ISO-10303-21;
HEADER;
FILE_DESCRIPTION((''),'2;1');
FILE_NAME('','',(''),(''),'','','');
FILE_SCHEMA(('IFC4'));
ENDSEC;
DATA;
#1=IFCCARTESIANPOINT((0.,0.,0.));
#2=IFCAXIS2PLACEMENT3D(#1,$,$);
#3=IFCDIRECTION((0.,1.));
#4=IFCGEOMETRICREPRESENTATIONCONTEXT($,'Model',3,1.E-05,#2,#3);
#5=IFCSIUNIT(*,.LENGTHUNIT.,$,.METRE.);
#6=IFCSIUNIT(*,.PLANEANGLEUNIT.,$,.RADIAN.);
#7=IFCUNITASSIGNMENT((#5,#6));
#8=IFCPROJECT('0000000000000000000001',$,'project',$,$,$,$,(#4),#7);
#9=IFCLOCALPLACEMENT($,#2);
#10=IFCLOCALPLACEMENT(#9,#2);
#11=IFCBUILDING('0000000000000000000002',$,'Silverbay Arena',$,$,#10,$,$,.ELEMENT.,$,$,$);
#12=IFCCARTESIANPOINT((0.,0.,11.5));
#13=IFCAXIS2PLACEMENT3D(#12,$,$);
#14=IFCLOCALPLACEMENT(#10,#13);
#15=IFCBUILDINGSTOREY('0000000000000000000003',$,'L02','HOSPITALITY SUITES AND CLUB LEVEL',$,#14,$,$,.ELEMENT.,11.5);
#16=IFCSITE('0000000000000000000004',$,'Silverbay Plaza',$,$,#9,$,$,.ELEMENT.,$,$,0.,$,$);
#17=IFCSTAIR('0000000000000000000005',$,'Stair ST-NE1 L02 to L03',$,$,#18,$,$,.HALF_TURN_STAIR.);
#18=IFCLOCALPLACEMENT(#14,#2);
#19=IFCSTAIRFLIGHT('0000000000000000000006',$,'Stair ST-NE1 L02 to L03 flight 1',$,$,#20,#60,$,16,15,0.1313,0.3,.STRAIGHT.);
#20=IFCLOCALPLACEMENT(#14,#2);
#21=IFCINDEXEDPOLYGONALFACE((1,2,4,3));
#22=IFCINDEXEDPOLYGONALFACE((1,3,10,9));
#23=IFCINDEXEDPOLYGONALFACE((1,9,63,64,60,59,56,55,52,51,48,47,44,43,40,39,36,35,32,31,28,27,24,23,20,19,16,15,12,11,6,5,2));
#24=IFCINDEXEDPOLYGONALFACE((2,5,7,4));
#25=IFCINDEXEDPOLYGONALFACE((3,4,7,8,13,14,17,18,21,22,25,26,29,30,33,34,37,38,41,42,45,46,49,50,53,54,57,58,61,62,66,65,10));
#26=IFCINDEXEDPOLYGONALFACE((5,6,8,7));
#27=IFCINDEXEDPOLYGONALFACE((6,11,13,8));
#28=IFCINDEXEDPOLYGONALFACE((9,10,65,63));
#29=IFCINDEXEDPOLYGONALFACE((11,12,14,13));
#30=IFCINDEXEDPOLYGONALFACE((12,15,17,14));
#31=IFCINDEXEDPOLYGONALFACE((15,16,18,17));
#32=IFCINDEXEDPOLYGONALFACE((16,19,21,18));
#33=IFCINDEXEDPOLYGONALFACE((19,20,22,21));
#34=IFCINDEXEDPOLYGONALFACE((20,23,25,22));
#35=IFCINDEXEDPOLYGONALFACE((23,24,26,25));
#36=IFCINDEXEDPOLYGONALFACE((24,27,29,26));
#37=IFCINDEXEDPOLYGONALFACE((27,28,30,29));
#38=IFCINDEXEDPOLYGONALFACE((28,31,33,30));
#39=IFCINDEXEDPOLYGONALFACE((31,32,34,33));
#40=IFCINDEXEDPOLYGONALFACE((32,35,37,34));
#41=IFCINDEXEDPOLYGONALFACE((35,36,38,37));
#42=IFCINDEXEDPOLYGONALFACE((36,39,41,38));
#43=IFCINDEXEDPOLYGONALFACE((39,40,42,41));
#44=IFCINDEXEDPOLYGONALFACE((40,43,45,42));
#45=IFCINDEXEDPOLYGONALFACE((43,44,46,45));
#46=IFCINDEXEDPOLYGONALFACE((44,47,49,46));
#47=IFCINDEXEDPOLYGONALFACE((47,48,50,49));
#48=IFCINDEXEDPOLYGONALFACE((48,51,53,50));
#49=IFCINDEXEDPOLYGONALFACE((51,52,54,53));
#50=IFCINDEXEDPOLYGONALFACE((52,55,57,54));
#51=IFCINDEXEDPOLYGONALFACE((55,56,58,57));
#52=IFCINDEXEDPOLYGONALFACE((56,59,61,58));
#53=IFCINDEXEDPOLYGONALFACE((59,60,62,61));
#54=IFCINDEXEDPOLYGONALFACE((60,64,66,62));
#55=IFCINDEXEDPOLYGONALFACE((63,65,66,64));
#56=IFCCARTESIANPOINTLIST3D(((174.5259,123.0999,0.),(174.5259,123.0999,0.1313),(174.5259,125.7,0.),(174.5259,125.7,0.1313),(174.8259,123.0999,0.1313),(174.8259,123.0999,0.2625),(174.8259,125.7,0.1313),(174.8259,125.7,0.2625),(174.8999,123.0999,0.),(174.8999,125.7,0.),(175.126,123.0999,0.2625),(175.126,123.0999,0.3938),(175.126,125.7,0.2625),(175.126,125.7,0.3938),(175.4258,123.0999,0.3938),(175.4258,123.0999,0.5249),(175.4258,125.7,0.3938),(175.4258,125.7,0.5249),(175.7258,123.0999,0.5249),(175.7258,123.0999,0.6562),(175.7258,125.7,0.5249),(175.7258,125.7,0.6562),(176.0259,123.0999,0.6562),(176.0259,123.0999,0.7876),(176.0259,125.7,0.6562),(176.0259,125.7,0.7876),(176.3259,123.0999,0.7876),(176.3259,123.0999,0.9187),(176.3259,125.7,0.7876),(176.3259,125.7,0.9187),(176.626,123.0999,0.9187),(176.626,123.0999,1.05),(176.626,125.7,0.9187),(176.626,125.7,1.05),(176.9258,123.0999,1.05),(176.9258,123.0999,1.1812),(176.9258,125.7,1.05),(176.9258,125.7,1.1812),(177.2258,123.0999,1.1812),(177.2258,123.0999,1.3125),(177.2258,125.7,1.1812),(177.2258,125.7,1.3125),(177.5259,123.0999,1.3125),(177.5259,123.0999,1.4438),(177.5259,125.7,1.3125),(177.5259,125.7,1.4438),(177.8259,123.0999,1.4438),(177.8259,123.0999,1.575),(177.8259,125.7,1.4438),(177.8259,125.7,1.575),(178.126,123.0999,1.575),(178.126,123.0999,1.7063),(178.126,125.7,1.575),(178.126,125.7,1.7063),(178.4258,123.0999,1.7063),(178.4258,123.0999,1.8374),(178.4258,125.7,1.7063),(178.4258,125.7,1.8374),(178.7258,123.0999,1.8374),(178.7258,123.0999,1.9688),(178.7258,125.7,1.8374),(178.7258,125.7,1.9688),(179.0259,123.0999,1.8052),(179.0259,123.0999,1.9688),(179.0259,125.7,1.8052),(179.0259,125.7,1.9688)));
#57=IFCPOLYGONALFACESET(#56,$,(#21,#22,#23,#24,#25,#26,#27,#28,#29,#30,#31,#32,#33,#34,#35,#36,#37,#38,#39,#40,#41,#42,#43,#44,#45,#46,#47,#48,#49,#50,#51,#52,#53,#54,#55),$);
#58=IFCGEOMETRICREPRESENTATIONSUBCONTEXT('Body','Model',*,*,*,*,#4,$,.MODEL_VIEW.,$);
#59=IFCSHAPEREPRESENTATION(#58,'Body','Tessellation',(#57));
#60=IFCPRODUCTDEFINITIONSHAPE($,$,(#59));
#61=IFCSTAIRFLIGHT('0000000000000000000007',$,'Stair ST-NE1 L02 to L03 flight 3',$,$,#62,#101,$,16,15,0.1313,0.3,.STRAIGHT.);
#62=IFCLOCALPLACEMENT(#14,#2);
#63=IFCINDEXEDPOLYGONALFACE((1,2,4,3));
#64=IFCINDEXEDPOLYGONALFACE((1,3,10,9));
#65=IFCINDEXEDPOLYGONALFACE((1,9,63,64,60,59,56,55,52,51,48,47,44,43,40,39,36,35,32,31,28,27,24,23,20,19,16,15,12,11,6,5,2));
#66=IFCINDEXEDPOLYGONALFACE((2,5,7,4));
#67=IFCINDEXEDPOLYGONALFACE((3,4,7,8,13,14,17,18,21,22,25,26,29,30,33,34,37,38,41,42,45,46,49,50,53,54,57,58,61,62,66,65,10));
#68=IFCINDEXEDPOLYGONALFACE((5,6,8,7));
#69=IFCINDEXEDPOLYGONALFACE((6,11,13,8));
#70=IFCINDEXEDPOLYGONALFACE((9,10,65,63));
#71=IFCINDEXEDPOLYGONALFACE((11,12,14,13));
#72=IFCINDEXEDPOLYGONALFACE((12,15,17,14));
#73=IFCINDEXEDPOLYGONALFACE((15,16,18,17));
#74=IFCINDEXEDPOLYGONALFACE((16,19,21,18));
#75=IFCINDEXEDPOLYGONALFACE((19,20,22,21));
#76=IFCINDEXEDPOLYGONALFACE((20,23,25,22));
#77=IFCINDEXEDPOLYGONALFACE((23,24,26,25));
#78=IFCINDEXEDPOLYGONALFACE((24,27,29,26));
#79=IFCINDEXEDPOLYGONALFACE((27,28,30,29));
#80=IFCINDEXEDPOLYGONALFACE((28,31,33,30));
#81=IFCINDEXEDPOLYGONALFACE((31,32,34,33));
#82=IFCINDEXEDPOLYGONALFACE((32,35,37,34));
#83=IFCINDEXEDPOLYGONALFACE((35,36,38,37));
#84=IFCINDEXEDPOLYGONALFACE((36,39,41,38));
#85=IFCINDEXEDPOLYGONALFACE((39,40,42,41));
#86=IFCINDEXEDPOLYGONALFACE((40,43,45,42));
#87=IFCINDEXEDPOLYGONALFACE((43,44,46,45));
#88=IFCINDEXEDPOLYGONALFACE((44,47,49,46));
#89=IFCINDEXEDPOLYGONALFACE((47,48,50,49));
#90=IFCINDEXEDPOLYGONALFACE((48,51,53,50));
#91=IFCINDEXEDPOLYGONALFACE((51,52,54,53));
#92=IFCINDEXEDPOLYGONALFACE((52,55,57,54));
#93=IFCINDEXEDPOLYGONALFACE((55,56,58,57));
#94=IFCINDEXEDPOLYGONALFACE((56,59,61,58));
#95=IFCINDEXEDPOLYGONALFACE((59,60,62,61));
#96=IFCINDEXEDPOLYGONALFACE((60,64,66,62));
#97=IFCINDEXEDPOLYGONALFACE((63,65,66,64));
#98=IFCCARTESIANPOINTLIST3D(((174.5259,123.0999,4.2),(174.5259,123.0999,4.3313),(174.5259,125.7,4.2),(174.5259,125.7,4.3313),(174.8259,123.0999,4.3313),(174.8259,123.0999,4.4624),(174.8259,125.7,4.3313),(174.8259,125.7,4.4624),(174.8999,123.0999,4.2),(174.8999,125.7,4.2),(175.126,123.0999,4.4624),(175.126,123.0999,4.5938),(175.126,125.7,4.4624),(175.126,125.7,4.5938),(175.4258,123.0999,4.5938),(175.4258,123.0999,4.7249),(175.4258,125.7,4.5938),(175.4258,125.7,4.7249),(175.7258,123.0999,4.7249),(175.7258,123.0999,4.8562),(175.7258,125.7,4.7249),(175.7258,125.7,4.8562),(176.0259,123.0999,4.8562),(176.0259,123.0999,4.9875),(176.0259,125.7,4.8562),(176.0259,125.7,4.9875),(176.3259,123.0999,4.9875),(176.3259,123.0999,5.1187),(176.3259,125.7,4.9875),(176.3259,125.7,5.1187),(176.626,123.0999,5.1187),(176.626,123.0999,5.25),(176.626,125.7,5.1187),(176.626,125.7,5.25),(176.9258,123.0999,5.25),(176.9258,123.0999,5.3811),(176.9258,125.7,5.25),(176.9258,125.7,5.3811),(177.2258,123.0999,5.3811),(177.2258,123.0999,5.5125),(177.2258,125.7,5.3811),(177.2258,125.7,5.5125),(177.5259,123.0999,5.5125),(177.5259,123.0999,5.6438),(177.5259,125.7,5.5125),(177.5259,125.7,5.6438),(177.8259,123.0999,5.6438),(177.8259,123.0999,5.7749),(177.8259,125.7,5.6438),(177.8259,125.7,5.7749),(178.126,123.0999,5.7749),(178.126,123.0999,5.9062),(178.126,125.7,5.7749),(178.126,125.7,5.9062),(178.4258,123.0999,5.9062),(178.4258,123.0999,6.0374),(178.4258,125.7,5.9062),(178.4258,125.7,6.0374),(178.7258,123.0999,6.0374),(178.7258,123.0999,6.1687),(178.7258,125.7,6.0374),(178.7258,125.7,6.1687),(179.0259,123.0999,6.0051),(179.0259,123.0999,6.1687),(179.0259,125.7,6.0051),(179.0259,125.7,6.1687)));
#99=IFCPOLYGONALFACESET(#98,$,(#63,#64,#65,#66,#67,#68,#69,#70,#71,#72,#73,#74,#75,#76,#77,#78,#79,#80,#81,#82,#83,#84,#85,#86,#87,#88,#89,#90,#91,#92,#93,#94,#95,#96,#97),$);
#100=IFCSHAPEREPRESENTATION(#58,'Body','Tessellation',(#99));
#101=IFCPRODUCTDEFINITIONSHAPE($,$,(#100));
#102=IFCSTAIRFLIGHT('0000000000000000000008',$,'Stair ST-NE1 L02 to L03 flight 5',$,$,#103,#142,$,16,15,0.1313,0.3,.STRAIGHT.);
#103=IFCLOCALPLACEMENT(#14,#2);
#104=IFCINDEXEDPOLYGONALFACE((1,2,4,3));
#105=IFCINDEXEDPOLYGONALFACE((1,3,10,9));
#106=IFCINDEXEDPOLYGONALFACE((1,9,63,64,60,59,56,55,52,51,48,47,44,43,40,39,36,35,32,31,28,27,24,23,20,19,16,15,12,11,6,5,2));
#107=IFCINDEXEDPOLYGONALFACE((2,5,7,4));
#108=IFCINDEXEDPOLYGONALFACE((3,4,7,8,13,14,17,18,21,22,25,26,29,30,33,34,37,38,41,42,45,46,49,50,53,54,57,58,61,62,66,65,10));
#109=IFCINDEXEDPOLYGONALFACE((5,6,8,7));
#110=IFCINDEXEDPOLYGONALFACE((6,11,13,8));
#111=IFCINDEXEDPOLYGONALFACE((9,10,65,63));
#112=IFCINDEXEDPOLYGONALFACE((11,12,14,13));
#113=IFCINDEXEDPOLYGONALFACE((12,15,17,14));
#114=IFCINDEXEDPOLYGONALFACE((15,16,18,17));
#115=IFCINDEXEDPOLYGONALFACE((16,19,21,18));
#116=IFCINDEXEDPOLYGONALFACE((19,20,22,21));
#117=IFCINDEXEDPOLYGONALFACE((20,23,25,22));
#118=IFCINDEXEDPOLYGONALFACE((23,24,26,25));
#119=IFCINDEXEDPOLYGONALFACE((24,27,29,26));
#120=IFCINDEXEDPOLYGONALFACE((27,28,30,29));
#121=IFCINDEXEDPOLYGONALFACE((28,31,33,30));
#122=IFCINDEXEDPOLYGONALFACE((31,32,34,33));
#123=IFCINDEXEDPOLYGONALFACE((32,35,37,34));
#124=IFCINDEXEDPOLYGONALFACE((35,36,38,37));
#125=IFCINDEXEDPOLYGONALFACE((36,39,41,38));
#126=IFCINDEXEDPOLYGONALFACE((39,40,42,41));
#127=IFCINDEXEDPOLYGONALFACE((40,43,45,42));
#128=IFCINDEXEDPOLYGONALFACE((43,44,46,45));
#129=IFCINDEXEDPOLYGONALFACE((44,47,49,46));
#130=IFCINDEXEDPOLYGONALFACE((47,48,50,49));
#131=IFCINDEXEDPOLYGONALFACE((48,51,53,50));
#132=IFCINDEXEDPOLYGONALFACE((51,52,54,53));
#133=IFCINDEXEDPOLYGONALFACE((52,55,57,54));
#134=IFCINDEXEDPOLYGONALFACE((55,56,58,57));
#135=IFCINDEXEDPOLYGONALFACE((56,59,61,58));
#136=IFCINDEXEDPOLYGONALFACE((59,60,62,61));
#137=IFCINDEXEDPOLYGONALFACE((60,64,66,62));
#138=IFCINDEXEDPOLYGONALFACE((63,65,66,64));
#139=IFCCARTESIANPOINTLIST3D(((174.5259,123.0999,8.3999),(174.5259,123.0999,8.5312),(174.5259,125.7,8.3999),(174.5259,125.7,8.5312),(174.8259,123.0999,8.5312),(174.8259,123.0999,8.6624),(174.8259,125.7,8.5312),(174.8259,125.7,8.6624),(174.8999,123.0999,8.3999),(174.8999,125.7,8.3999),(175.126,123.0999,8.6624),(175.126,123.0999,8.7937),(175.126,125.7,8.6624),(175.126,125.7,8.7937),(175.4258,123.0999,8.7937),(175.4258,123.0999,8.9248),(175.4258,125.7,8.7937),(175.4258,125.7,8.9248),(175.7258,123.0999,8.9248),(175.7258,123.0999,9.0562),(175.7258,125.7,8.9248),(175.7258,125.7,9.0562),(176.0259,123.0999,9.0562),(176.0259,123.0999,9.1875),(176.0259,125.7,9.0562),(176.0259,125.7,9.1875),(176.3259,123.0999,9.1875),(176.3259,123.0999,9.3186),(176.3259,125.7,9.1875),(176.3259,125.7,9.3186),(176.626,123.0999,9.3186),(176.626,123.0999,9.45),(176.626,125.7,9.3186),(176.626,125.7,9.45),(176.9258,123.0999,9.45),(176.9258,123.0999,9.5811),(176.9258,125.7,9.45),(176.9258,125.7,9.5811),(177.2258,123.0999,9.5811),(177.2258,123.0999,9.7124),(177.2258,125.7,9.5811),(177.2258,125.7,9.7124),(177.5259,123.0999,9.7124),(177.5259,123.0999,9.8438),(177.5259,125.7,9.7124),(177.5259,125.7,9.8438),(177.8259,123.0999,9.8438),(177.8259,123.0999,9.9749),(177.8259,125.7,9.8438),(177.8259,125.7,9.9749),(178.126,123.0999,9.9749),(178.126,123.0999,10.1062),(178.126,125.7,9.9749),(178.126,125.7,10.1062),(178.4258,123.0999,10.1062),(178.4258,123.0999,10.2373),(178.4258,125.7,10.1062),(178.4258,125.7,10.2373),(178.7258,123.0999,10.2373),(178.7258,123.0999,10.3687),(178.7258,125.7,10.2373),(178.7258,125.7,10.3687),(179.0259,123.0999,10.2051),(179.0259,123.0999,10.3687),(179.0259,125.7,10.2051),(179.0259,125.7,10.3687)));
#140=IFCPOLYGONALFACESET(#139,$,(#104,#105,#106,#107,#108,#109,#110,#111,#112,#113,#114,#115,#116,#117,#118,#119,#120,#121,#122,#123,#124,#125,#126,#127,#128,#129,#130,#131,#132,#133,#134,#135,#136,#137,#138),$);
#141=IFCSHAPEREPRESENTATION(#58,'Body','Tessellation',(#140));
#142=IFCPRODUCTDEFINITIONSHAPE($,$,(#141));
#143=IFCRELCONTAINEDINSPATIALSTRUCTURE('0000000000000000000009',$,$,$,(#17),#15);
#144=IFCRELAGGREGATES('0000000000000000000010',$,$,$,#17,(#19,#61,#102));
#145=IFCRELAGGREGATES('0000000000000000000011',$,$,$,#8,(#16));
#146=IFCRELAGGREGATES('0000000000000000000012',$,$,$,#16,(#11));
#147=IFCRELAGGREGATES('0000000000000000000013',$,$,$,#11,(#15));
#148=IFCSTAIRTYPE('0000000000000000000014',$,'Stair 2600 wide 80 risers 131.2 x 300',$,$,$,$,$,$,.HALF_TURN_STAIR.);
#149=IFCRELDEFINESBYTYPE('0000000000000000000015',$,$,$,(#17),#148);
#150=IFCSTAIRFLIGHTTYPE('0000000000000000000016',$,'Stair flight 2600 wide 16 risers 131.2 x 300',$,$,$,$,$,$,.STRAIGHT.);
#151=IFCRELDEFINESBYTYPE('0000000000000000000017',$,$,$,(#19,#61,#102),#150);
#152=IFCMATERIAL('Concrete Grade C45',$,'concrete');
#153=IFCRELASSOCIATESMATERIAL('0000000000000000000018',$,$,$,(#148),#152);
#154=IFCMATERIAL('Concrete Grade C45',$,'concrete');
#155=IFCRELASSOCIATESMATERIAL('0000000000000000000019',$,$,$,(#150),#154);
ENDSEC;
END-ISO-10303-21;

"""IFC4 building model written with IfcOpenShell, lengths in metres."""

from ifc_helpers import new_model, si_unit, direction, frame, origin, place, context, subcontext, project, spatial, polyline, outline, extrude, material, type_object, element, aggregate, save


model = new_model("IFC4")

# Units and contexts
model_context = context("Model", 3, precision=1e-05, world=origin(), true_north=direction((0.0, 1.0)))
body_context = subcontext(model_context, "Body", "Model", "MODEL_VIEW")
ifc_project = project(units=[si_unit("LENGTHUNIT", "METRE"), si_unit("PLANEANGLEUNIT", "RADIAN")], contexts=[model_context])

# Site, building, storey
site_placement = place(None, origin())
site = spatial("IfcSite", under=ifc_project, at=site_placement, Name="Silverbay Plaza", CompositionType="ELEMENT", RefElevation=0.0)
building_placement = place(site_placement, origin())
building = spatial("IfcBuilding", under=site, at=building_placement, Name="Silverbay Arena", CompositionType="ELEMENT")
storey_placement = place(building_placement, frame((0.0, 0.0, 11.5)))
storey = spatial("IfcBuildingStorey", under=building, at=storey_placement, Name="L02", Description="HOSPITALITY SUITES AND CLUB LEVEL", CompositionType="ELEMENT", Elevation=11.5)

# Stair, stair flights
ifc_material_1 = material(Name="Concrete Grade C45", Category="concrete")
stair_type = type_object("IfcStairType", Name="Stair 2600 wide 80 risers 131.2 x 300", PredefinedType="HALF_TURN_STAIR", material=ifc_material_1)
ifc_material_2 = material(Name="Concrete Grade C45", Category="concrete")
stair_flight_type = type_object("IfcStairFlightType", Name="Stair flight 2600 wide 16 risers 131.2 x 300", PredefinedType="STRAIGHT", material=ifc_material_2)
stair_1_placement = place(storey_placement, origin())
stair_1 = element("IfcStair", 1, at=stair_1_placement, inside=storey, type_object=stair_type, Name="Stair ST-NE1 L02 to L03", PredefinedType="HALF_TURN_STAIR")
stair_flight_1_placement = place(storey_placement, frame((174.5259, 124.3999, 0.0), z_axis=(0.0, 0.0, 1.0), x_axis=(1.0, 0.0, 0.0)))
stair_flight_1 = element("IfcStairFlight", 2, at=stair_flight_1_placement, type_object=stair_flight_type, Name="Stair ST-NE1 L02 to L03 flight 1", NumberOfRisers=16, NumberOfTreads=15, PredefinedType="STRAIGHT", RiserHeight=0.1313, TreadLength=0.3, context=body_context, shape_type="SweptSolid", body=[
    extrude(outline(polyline([(0.0, 0.0), (0.0, 0.1313), (0.3, 0.1313), (0.3, 0.2625), (0.6001, 0.2625), (0.6001, 0.3938), (0.8999, 0.3938), (0.8999, 0.5249), (1.2, 0.5249), (1.2, 0.6562), (1.5, 0.6562), (1.5, 0.7876), (1.8, 0.7876), (1.8, 0.9187), (2.1001, 0.9187), (2.1001, 1.05), (2.3999, 1.05), (2.3999, 1.1812), (2.7, 1.1812), (2.7, 1.3125), (3.0, 1.3125), (3.0, 1.4438), (3.3, 1.4438), (3.3, 1.575), (3.6001, 1.575), (3.6001, 1.7063), (3.8999, 1.7063), (3.8999, 1.8374), (4.2, 1.8374), (4.2, 1.9688), (4.5, 1.9688), (4.5, 1.8052), (0.374, 0.0), (0.0, 0.0)])), frame((0.0, 1.3, 0.0), z_axis=(0.0, -1.0, 0.0), x_axis=(1.0, 0.0, 0.0)), (0.0, 0.0, 1.0), 2.6001),
])
stair_flight_2_placement = place(storey_placement, frame((174.5259, 124.3999, 4.2), z_axis=(0.0, 0.0, 1.0), x_axis=(1.0, 0.0, 0.0)))
stair_flight_2 = element("IfcStairFlight", 3, at=stair_flight_2_placement, type_object=stair_flight_type, Name="Stair ST-NE1 L02 to L03 flight 3", NumberOfRisers=16, NumberOfTreads=15, PredefinedType="STRAIGHT", RiserHeight=0.1313, TreadLength=0.3, context=body_context, shape_type="SweptSolid", body=[
    extrude(outline(polyline([(0.0, 0.0), (0.0, 0.1313), (0.3, 0.1313), (0.3, 0.2625), (0.6001, 0.2625), (0.6001, 0.3938), (0.8999, 0.3938), (0.8999, 0.5249), (1.2, 0.5249), (1.2, 0.6562), (1.5, 0.6562), (1.5, 0.7876), (1.8, 0.7876), (1.8, 0.9187), (2.1001, 0.9187), (2.1001, 1.05), (2.3999, 1.05), (2.3999, 1.1812), (2.7, 1.1812), (2.7, 1.3125), (3.0, 1.3125), (3.0, 1.4438), (3.3, 1.4438), (3.3, 1.575), (3.6001, 1.575), (3.6001, 1.7063), (3.8999, 1.7063), (3.8999, 1.8374), (4.2, 1.8374), (4.2, 1.9688), (4.5, 1.9688), (4.5, 1.8052), (0.374, 0.0), (0.0, 0.0)])), frame((0.0, 1.3, 0.0), z_axis=(0.0, -1.0, 0.0), x_axis=(1.0, 0.0, 0.0)), (0.0, 0.0, 1.0), 2.6001),
])
stair_flight_3_placement = place(storey_placement, frame((174.5259, 124.3999, 8.3999), z_axis=(0.0, 0.0, 1.0), x_axis=(1.0, 0.0, 0.0)))
stair_flight_3 = element("IfcStairFlight", 4, at=stair_flight_3_placement, type_object=stair_flight_type, Name="Stair ST-NE1 L02 to L03 flight 5", NumberOfRisers=16, NumberOfTreads=15, PredefinedType="STRAIGHT", RiserHeight=0.1313, TreadLength=0.3, context=body_context, shape_type="SweptSolid", body=[
    extrude(outline(polyline([(0.0, 0.0), (0.0, 0.1313), (0.3, 0.1313), (0.3, 0.2625), (0.6001, 0.2625), (0.6001, 0.3938), (0.8999, 0.3938), (0.8999, 0.5249), (1.2, 0.5249), (1.2, 0.6562), (1.5, 0.6562), (1.5, 0.7876), (1.8, 0.7876), (1.8, 0.9187), (2.1001, 0.9187), (2.1001, 1.05), (2.3999, 1.05), (2.3999, 1.1812), (2.7, 1.1812), (2.7, 1.3125), (3.0, 1.3125), (3.0, 1.4438), (3.3, 1.4438), (3.3, 1.575), (3.6001, 1.575), (3.6001, 1.7063), (3.8999, 1.7063), (3.8999, 1.8374), (4.2, 1.8374), (4.2, 1.9688), (4.5, 1.9688), (4.5, 1.8052), (0.374, 0.0), (0.0, 0.0)])), frame((0.0, 1.3, 0.0), z_axis=(0.0, -1.0, 0.0), x_axis=(1.0, 0.0, 0.0)), (0.0, 0.0, 1.0), 2.6001),
])
aggregate(stair_1, [stair_flight_1, stair_flight_2, stair_flight_3])

save(model, "model.ifc")
